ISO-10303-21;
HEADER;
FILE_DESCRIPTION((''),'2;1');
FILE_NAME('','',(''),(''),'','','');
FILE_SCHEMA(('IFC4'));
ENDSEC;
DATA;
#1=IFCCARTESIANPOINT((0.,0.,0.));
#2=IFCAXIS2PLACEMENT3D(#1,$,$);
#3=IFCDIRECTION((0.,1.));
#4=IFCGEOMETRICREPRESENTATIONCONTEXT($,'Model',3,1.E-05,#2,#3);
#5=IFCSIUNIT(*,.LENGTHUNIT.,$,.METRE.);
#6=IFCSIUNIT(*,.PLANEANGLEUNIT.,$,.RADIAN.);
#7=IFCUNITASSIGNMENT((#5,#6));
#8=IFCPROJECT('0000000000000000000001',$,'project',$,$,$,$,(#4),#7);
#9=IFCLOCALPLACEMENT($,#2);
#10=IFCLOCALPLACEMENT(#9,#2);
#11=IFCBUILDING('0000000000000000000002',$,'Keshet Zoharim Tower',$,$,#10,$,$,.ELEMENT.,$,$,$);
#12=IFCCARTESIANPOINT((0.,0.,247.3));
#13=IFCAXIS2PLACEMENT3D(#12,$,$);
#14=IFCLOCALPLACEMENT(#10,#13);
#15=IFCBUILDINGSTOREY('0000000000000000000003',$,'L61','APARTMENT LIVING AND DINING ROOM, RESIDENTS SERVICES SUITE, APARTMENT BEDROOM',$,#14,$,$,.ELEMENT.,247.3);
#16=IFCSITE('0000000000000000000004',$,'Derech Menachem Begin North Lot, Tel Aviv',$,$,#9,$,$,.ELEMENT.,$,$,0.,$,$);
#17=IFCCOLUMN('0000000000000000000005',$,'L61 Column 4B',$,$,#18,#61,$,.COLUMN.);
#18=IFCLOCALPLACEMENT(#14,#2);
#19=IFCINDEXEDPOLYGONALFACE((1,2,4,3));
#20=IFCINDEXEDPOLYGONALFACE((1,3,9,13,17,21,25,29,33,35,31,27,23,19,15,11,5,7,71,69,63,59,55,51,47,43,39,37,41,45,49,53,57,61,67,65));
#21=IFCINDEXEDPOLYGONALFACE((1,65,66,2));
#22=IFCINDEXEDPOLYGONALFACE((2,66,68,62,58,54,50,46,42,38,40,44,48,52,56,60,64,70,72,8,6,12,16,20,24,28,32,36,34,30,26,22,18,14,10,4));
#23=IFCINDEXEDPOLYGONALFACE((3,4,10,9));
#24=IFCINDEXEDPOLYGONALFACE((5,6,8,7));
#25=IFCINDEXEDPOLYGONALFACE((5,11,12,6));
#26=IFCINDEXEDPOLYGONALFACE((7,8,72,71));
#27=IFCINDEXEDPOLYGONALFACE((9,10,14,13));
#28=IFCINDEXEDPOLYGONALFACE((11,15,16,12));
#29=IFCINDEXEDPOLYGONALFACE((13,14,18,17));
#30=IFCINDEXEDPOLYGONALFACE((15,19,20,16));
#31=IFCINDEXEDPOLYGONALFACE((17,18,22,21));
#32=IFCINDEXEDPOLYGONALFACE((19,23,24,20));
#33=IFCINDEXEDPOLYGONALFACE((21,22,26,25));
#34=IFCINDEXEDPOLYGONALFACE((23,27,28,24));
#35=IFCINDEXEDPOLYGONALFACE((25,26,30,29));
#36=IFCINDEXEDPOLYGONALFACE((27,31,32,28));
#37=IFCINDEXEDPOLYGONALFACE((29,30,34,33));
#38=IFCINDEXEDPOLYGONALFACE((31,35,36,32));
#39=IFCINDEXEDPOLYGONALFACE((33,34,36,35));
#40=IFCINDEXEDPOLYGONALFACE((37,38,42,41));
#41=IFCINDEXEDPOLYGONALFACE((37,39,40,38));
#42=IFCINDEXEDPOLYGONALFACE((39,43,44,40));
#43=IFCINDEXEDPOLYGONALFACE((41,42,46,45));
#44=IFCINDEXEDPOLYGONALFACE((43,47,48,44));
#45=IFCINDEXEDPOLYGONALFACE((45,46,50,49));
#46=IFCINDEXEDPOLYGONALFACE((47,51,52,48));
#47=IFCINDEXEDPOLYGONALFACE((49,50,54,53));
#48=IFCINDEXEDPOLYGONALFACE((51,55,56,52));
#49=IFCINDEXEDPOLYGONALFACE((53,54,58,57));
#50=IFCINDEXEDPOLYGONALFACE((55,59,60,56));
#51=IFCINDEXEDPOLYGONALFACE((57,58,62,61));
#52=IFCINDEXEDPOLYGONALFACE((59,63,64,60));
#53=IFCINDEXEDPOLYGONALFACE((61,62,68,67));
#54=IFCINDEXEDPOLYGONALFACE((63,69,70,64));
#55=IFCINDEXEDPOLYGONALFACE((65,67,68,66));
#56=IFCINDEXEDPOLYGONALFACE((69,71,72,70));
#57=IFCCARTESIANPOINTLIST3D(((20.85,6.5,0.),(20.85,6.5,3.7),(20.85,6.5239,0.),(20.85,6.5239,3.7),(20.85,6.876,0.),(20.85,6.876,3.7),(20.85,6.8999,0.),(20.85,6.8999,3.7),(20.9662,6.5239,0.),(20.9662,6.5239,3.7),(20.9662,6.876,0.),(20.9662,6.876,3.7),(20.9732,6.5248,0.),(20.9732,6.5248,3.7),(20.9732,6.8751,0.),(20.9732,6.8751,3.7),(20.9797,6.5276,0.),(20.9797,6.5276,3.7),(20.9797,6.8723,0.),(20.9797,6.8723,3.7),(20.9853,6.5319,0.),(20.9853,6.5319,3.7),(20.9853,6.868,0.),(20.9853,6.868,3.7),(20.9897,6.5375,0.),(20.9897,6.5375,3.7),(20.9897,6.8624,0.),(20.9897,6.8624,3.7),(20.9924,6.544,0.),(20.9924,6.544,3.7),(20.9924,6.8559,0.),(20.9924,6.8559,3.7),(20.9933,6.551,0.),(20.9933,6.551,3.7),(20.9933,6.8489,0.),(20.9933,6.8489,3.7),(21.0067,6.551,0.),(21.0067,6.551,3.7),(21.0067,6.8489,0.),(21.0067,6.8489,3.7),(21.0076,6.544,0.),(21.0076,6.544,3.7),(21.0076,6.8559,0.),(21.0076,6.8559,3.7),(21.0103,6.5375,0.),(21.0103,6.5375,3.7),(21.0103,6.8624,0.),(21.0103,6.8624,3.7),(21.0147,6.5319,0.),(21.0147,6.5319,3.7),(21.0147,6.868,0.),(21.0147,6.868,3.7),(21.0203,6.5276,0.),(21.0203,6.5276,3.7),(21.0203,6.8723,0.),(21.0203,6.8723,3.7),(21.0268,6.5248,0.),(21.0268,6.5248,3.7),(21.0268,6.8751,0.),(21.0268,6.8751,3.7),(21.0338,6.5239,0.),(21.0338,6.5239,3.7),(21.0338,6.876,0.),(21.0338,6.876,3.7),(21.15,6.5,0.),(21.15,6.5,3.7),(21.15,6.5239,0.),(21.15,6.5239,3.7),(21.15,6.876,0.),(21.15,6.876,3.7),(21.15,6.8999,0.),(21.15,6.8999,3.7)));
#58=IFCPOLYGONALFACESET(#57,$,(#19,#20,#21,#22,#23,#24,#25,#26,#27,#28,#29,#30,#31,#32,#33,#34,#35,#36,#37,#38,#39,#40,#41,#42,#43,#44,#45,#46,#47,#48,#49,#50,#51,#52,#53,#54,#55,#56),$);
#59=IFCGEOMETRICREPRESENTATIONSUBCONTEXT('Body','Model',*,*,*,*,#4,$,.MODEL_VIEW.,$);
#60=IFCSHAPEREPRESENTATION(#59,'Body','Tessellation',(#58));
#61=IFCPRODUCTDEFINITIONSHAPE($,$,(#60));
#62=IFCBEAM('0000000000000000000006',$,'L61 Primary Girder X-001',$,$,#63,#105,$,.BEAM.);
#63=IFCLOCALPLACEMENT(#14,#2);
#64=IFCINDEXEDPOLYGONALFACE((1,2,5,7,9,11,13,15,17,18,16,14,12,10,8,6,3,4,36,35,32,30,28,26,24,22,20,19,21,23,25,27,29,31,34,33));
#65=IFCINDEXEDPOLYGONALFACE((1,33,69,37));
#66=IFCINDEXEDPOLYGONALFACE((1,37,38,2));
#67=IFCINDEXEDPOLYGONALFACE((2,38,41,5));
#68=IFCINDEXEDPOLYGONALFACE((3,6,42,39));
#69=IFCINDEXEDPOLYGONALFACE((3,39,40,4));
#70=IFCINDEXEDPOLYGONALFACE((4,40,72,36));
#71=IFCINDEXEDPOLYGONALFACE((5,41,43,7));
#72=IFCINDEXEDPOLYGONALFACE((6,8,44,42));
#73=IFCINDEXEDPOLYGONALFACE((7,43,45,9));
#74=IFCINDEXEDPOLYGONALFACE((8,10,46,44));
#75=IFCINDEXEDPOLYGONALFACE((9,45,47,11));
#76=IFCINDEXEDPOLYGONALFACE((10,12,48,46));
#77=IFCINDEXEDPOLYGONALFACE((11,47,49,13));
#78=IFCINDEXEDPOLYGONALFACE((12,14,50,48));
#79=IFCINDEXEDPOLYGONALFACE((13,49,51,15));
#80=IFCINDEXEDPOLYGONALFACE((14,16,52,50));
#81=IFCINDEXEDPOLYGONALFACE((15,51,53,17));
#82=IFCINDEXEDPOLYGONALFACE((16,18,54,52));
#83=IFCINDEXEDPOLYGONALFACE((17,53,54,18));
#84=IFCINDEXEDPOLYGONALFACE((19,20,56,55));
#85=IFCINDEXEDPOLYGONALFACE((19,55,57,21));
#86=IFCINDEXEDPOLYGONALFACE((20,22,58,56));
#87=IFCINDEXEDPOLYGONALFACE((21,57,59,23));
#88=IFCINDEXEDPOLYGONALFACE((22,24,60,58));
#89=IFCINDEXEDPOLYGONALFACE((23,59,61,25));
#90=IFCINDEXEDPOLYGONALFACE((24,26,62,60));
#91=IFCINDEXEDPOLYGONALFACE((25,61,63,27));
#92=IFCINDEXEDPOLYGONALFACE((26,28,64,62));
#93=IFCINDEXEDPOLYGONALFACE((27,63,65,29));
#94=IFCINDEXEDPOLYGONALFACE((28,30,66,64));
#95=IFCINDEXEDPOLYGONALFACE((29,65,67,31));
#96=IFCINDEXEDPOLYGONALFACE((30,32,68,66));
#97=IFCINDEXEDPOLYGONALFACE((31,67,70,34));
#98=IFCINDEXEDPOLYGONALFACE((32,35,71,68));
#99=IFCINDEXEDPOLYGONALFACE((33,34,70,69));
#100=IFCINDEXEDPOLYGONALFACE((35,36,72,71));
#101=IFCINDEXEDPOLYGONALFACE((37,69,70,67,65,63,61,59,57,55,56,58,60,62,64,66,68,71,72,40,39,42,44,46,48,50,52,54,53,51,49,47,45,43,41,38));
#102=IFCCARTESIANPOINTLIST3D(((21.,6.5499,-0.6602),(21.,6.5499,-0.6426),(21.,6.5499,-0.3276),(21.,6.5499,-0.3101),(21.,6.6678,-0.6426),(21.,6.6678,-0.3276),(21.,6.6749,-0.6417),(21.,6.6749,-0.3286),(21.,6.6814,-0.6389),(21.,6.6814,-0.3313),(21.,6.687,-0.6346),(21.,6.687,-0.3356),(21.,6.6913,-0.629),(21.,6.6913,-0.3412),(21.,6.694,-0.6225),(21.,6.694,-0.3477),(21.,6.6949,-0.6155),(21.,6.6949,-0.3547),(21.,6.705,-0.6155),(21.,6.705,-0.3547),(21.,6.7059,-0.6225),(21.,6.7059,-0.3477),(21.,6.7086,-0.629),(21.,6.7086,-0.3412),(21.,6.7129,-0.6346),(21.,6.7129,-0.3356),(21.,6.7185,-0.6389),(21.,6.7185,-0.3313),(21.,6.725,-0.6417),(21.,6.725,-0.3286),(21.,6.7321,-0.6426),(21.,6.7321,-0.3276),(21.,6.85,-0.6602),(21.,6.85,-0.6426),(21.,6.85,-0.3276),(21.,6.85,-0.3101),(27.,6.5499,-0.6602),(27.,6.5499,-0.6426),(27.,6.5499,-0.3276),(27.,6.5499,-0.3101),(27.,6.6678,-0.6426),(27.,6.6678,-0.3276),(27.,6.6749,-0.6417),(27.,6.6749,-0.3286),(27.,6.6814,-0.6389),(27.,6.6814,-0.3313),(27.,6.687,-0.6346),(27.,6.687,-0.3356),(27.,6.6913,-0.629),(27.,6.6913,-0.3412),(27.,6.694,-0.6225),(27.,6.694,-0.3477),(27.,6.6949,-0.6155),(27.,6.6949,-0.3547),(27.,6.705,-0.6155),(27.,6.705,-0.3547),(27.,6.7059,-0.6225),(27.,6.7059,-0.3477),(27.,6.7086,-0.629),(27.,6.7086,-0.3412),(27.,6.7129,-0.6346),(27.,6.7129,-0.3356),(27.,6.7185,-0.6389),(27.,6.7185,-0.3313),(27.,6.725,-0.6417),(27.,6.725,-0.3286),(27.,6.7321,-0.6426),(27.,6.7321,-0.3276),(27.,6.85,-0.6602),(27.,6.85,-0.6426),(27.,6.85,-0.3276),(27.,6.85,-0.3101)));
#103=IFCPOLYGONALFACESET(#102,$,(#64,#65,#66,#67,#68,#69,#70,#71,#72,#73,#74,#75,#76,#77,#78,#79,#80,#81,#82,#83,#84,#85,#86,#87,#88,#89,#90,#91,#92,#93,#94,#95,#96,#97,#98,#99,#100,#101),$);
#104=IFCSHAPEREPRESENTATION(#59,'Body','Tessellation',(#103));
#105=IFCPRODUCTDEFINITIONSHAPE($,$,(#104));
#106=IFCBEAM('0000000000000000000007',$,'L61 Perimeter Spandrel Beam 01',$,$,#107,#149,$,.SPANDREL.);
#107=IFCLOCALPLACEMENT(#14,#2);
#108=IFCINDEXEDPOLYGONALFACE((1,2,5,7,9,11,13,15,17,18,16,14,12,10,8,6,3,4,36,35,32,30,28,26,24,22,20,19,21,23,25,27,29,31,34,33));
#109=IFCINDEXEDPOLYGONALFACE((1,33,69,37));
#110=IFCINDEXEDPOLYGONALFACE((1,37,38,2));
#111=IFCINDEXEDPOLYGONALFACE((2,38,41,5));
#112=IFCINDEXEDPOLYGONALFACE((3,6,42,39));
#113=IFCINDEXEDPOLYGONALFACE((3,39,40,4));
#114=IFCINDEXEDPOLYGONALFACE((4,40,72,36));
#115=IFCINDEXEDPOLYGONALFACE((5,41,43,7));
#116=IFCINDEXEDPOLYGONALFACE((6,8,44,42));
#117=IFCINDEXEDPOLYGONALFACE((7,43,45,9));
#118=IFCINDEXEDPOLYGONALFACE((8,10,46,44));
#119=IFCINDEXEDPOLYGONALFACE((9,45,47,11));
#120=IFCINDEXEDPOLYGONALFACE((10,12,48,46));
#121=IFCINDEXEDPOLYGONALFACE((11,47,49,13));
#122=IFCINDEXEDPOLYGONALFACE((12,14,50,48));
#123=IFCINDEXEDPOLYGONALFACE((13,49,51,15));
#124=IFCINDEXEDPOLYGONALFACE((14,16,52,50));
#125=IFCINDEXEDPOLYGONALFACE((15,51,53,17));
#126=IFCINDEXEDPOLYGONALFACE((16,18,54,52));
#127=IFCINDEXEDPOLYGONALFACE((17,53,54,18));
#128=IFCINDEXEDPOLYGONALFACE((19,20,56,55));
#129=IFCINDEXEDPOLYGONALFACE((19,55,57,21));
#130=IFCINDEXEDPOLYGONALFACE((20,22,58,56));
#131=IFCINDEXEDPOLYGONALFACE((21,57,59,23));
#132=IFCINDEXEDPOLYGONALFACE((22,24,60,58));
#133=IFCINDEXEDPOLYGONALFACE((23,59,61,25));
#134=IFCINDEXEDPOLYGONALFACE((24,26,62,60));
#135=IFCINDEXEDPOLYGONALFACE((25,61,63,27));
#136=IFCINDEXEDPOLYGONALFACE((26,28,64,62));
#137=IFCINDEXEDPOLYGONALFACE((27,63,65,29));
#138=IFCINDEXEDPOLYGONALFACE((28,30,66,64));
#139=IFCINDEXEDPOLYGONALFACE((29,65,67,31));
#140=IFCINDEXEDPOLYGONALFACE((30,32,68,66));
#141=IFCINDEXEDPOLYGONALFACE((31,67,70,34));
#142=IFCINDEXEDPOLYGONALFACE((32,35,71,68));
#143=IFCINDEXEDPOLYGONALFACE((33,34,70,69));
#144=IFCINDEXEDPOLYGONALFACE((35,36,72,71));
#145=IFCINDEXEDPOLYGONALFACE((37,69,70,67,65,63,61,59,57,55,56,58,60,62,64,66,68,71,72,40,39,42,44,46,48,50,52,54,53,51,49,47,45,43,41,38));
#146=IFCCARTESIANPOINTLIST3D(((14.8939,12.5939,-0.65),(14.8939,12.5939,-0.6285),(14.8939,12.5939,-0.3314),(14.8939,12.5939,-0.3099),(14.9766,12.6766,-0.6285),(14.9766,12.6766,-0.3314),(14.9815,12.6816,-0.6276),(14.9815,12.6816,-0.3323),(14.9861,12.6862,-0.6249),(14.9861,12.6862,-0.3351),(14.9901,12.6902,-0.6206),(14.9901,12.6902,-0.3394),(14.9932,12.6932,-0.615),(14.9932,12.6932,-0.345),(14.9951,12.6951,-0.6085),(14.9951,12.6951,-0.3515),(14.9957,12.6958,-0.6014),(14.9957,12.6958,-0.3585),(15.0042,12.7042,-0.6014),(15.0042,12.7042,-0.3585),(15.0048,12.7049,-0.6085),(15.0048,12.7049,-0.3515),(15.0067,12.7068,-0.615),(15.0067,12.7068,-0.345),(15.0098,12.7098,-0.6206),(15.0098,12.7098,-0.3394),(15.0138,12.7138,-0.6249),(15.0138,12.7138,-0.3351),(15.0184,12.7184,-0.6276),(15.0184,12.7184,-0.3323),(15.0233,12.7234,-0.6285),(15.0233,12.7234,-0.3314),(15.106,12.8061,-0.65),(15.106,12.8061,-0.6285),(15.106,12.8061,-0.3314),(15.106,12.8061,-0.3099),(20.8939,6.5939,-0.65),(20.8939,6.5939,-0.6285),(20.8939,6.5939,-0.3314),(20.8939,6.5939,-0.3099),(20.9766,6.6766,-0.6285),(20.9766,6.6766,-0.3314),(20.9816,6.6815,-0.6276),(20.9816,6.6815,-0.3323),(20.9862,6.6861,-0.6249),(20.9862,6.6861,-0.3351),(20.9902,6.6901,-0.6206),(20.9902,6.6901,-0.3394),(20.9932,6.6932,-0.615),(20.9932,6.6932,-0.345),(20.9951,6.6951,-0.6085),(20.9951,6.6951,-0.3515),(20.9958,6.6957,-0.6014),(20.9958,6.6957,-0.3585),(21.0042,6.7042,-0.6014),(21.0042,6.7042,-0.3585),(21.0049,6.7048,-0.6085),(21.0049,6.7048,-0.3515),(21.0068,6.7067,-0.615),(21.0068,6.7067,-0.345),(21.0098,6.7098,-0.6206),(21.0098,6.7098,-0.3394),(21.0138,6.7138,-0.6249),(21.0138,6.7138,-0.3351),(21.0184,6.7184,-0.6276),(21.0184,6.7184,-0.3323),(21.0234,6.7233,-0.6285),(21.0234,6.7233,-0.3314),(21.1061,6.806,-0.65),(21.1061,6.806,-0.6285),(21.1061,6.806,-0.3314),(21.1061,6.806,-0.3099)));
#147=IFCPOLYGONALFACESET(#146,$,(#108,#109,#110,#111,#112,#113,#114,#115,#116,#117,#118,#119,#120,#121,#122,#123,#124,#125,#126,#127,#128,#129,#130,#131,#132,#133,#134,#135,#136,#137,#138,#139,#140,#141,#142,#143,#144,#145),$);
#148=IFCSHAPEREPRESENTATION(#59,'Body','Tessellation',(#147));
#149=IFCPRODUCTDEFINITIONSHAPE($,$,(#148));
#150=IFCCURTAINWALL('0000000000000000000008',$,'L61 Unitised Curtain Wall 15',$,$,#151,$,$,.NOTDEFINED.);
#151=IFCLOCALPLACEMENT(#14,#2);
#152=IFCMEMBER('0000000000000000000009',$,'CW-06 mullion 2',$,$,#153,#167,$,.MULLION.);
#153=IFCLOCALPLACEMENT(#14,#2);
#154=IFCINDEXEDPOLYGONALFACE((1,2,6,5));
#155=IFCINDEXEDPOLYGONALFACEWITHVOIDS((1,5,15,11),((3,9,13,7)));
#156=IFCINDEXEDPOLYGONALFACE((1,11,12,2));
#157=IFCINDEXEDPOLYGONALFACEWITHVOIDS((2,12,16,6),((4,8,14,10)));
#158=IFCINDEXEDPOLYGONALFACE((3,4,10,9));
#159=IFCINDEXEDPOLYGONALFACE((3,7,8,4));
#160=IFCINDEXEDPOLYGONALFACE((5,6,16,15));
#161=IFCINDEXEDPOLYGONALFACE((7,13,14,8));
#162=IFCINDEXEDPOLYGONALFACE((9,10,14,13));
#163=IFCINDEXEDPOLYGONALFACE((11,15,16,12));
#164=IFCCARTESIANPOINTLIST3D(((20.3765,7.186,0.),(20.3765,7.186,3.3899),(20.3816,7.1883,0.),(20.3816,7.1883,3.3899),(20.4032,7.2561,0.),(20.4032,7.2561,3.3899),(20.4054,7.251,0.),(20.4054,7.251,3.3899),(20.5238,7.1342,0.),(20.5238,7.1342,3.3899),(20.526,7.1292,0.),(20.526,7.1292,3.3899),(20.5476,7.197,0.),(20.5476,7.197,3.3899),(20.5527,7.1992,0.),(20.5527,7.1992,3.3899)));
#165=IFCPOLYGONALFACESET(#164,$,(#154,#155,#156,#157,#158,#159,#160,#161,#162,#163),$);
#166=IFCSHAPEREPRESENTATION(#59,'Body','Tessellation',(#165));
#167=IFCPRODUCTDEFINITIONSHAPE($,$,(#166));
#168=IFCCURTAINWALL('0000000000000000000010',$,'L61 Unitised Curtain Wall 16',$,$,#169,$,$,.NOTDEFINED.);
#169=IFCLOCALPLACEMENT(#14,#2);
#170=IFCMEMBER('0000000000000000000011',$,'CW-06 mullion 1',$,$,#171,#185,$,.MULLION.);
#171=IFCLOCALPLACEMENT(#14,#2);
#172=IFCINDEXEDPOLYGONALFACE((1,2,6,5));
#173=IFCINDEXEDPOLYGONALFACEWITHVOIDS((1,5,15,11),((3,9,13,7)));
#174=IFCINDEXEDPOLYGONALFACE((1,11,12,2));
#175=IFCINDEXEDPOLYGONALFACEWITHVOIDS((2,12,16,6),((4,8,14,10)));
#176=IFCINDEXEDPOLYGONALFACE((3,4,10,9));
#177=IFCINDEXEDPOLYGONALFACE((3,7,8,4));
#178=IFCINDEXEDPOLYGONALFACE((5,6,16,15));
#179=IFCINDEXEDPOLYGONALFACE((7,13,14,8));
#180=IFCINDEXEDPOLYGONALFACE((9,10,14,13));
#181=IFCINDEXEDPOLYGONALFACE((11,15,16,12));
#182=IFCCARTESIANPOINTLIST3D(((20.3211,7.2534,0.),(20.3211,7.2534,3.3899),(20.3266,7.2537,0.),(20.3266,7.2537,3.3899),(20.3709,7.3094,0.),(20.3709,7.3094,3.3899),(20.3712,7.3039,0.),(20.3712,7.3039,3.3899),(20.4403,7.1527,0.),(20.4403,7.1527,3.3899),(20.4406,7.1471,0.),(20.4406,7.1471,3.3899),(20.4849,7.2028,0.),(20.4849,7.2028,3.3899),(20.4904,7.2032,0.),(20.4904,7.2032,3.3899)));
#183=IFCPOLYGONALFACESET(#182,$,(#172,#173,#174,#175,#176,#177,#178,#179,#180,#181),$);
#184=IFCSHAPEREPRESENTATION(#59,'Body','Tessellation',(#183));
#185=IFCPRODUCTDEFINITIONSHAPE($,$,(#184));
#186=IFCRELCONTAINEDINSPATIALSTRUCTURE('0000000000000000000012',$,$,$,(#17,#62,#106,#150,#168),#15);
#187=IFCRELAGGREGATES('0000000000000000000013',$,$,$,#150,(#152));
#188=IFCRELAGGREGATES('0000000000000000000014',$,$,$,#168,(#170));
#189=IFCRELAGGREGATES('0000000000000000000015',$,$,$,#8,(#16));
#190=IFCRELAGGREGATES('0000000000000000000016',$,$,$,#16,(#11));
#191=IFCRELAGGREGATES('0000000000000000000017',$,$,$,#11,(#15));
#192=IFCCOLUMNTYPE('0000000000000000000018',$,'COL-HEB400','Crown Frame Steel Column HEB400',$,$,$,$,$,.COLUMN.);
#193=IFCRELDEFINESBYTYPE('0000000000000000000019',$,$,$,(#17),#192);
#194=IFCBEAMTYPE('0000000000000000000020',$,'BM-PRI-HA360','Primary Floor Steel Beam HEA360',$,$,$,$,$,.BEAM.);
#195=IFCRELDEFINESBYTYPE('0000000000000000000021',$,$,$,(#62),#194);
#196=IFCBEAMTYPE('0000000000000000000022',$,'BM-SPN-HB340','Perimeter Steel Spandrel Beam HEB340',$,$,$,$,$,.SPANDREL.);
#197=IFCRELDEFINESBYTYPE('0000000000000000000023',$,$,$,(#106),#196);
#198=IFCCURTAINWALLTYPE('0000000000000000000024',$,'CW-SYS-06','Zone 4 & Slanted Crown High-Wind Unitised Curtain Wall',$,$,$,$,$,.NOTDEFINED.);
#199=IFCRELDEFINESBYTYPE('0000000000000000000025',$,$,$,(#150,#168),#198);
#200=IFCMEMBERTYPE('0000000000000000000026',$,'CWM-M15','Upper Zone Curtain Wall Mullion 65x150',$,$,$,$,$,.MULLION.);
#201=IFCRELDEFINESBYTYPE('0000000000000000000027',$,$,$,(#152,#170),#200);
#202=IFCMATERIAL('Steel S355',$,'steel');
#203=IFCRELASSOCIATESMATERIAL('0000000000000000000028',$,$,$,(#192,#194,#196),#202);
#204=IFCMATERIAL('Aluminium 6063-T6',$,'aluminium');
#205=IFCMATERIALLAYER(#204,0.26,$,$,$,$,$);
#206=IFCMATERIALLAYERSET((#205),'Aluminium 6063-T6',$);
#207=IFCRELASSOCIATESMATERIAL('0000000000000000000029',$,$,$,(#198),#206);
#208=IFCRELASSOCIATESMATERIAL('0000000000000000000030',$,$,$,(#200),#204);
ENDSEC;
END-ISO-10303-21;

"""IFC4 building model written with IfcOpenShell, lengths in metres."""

from ifc_helpers import new_model, si_unit, direction, frame, origin, origin_2d, place, context, subcontext, project, spatial, hollow_rectangle, i_section, extrude, material, layer, layer_set, material_profile, profile_set, type_object, element, aggregate, save


model = new_model("IFC4")

# Units and contexts
model_context = context("Model", 3, precision=1e-05, world=origin(), true_north=direction((0.0, 1.0)))
body_context = subcontext(model_context, "Body", "Model", "MODEL_VIEW")
ifc_project = project(units=[si_unit("LENGTHUNIT", "METRE"), si_unit("PLANEANGLEUNIT", "RADIAN")], contexts=[model_context])

# Site, building, storey
site_placement = place(None, origin())
site = spatial("IfcSite", under=ifc_project, at=site_placement, Name="Derech Menachem Begin North Lot, Tel Aviv", CompositionType="ELEMENT", RefElevation=0.0)
building_placement = place(site_placement, origin())
building = spatial("IfcBuilding", under=site, at=building_placement, Name="Keshet Zoharim Tower", CompositionType="ELEMENT")
storey_placement = place(building_placement, frame((0.0, 0.0, 247.3)))
storey = spatial("IfcBuildingStorey", under=building, at=storey_placement, Name="L61", Description="APARTMENT LIVING AND DINING ROOM, RESIDENTS SERVICES SUITE, APARTMENT BEDROOM", CompositionType="ELEMENT", Elevation=247.3)

# Column
ifc_material_1 = material(Name="Steel S355", Category="steel")
ifc_material_profile_1 = material_profile(ifc_material_1, i_section(OverallWidth=0.3, OverallDepth=0.3999, WebThickness=0.0134, FlangeThickness=0.0239, FilletRadius=0.0271, at=origin_2d()), Name="HEB400")
ifc_profile_set_1 = profile_set([ifc_material_profile_1], Name="Steel S355")
column_type = type_object("IfcColumnType", Name="COL-HEB400", Description="Crown Frame Steel Column HEB400", PredefinedType="COLUMN", material=ifc_profile_set_1)
column_placement = place(storey_placement, frame((21.0, 6.7, 0.0), z_axis=(0.0, 0.0, 1.0), x_axis=(1.0, 0.0, 0.0)))
element("IfcColumn", 1, at=column_placement, inside=storey, type_object=column_type, Name="L61 Column 4B", PredefinedType="COLUMN", context=body_context, shape_type="SweptSolid", body=[
    extrude(i_section(OverallWidth=0.3, OverallDepth=0.3999, WebThickness=0.0134, FlangeThickness=0.0239, FilletRadius=0.0271, at=origin_2d()), origin(), (0.0, 0.0, 1.0), 3.7),
])

# Beams
ifc_material_profile_2 = material_profile(ifc_material_1, i_section(OverallWidth=0.3, OverallDepth=0.3501, WebThickness=0.01, FlangeThickness=0.0176, FilletRadius=0.0271, at=origin_2d()), Name="HEA360")
ifc_profile_set_2 = profile_set([ifc_material_profile_2], Name="Steel S355")
beam_type_1 = type_object("IfcBeamType", Name="BM-PRI-HA360", Description="Primary Floor Steel Beam HEA360", PredefinedType="BEAM", material=ifc_profile_set_2)
beam_1_placement = place(storey_placement, frame((21.0, 6.7, -0.4851), z_axis=(1.0, 0.0, 0.0), x_axis=(0.0, 1.0, 0.0)))
element("IfcBeam", 2, at=beam_1_placement, inside=storey, type_object=beam_type_1, Name="L61 Primary Girder X-001", PredefinedType="BEAM", context=body_context, shape_type="SweptSolid", body=[
    extrude(i_section(OverallWidth=0.3, OverallDepth=0.3501, WebThickness=0.01, FlangeThickness=0.0176, FilletRadius=0.0271, at=origin_2d()), origin(), (0.0, 0.0, 1.0), 6.0),
])
ifc_material_profile_3 = material_profile(ifc_material_1, i_section(OverallWidth=0.3, OverallDepth=0.3401, WebThickness=0.012, FlangeThickness=0.0215, FilletRadius=0.0271, at=origin_2d()), Name="HEB340")
ifc_profile_set_3 = profile_set([ifc_material_profile_3], Name="Steel S355")
beam_type_2 = type_object("IfcBeamType", Name="BM-SPN-HB340", Description="Perimeter Steel Spandrel Beam HEB340", PredefinedType="SPANDREL", material=ifc_profile_set_3)
beam_2_placement = place(storey_placement, frame((21.0, 6.7, -0.48), z_axis=(-0.707107, 0.707107, 0.0), x_axis=(-0.707107, -0.707107, 0.0)))
element("IfcBeam", 3, at=beam_2_placement, inside=storey, type_object=beam_type_2, Name="L61 Perimeter Spandrel Beam 01", PredefinedType="SPANDREL", context=body_context, shape_type="SweptSolid", body=[
    extrude(i_section(OverallWidth=0.3, OverallDepth=0.3401, WebThickness=0.012, FlangeThickness=0.0215, FilletRadius=0.0271, at=origin_2d()), origin(), (0.0, 0.0, 1.0), 8.4854),
])

# Curtain walls, members
ifc_material_2 = material(Name="Aluminium 6063-T6", Category="aluminium")
ifc_layer_1 = layer(ifc_material_2, 0.26)
ifc_layer_set_1 = layer_set([ifc_layer_1], Name="Aluminium 6063-T6")
curtain_wall_type = type_object("IfcCurtainWallType", Name="CW-SYS-06", Description="Zone 4 & Slanted Crown High-Wind Unitised Curtain Wall", PredefinedType="NOTDEFINED", material=ifc_layer_set_1)
curtain_wall_1_placement = place(storey_placement, origin())
curtain_wall_1 = element("IfcCurtainWall", 4, at=curtain_wall_1_placement, inside=storey, type_object=curtain_wall_type, Name="L61 Unitised Curtain Wall 15", PredefinedType="NOTDEFINED")
ifc_material_profile_4 = material_profile(ifc_material_2, hollow_rectangle(XDim=0.075, YDim=0.1599, WallThickness=0.0039, at=origin_2d()), Name="MUL-75x160")
ifc_profile_set_4 = profile_set([ifc_material_profile_4], Name="Aluminium 6063-T6")
member_type_1 = type_object("IfcMemberType", Name="CWM-M15", Description="Upper Zone Curtain Wall Mullion 65x150", PredefinedType="MULLION", material=ifc_profile_set_4)
member_1_placement = place(storey_placement, frame((20.4646, 7.1926, 0.0), z_axis=(0.0, 0.0, 1.0), x_axis=(-0.355439, -0.934699, 0.0)))
member_1 = element("IfcMember", 5, at=member_1_placement, type_object=member_type_1, Name="CW-06 mullion 2", PredefinedType="MULLION", context=body_context, shape_type="SweptSolid", body=[
    extrude(hollow_rectangle(XDim=0.075, YDim=0.1599, WallThickness=0.0039, at=origin_2d()), origin(), (0.0, 0.0, 1.0), 3.3899),
])
curtain_wall_2_placement = place(storey_placement, origin())
curtain_wall_2 = element("IfcCurtainWall", 6, at=curtain_wall_2_placement, inside=storey, type_object=curtain_wall_type, Name="L61 Unitised Curtain Wall 16", PredefinedType="NOTDEFINED")
member_2_placement = place(storey_placement, frame((20.4058, 7.2283, 0.0), z_axis=(0.0, 0.0, 1.0), x_axis=(-0.664362, -0.747411, 0.0)))
member_2 = element("IfcMember", 7, at=member_2_placement, type_object=member_type_1, Name="CW-06 mullion 1", PredefinedType="MULLION", context=body_context, shape_type="SweptSolid", body=[
    extrude(hollow_rectangle(XDim=0.075, YDim=0.1599, WallThickness=0.0039, at=origin_2d()), origin(), (0.0, 0.0, 1.0), 3.3899),
])

aggregate(curtain_wall_1, [member_1])
aggregate(curtain_wall_2, [member_2])

save(model, "model.ifc")
